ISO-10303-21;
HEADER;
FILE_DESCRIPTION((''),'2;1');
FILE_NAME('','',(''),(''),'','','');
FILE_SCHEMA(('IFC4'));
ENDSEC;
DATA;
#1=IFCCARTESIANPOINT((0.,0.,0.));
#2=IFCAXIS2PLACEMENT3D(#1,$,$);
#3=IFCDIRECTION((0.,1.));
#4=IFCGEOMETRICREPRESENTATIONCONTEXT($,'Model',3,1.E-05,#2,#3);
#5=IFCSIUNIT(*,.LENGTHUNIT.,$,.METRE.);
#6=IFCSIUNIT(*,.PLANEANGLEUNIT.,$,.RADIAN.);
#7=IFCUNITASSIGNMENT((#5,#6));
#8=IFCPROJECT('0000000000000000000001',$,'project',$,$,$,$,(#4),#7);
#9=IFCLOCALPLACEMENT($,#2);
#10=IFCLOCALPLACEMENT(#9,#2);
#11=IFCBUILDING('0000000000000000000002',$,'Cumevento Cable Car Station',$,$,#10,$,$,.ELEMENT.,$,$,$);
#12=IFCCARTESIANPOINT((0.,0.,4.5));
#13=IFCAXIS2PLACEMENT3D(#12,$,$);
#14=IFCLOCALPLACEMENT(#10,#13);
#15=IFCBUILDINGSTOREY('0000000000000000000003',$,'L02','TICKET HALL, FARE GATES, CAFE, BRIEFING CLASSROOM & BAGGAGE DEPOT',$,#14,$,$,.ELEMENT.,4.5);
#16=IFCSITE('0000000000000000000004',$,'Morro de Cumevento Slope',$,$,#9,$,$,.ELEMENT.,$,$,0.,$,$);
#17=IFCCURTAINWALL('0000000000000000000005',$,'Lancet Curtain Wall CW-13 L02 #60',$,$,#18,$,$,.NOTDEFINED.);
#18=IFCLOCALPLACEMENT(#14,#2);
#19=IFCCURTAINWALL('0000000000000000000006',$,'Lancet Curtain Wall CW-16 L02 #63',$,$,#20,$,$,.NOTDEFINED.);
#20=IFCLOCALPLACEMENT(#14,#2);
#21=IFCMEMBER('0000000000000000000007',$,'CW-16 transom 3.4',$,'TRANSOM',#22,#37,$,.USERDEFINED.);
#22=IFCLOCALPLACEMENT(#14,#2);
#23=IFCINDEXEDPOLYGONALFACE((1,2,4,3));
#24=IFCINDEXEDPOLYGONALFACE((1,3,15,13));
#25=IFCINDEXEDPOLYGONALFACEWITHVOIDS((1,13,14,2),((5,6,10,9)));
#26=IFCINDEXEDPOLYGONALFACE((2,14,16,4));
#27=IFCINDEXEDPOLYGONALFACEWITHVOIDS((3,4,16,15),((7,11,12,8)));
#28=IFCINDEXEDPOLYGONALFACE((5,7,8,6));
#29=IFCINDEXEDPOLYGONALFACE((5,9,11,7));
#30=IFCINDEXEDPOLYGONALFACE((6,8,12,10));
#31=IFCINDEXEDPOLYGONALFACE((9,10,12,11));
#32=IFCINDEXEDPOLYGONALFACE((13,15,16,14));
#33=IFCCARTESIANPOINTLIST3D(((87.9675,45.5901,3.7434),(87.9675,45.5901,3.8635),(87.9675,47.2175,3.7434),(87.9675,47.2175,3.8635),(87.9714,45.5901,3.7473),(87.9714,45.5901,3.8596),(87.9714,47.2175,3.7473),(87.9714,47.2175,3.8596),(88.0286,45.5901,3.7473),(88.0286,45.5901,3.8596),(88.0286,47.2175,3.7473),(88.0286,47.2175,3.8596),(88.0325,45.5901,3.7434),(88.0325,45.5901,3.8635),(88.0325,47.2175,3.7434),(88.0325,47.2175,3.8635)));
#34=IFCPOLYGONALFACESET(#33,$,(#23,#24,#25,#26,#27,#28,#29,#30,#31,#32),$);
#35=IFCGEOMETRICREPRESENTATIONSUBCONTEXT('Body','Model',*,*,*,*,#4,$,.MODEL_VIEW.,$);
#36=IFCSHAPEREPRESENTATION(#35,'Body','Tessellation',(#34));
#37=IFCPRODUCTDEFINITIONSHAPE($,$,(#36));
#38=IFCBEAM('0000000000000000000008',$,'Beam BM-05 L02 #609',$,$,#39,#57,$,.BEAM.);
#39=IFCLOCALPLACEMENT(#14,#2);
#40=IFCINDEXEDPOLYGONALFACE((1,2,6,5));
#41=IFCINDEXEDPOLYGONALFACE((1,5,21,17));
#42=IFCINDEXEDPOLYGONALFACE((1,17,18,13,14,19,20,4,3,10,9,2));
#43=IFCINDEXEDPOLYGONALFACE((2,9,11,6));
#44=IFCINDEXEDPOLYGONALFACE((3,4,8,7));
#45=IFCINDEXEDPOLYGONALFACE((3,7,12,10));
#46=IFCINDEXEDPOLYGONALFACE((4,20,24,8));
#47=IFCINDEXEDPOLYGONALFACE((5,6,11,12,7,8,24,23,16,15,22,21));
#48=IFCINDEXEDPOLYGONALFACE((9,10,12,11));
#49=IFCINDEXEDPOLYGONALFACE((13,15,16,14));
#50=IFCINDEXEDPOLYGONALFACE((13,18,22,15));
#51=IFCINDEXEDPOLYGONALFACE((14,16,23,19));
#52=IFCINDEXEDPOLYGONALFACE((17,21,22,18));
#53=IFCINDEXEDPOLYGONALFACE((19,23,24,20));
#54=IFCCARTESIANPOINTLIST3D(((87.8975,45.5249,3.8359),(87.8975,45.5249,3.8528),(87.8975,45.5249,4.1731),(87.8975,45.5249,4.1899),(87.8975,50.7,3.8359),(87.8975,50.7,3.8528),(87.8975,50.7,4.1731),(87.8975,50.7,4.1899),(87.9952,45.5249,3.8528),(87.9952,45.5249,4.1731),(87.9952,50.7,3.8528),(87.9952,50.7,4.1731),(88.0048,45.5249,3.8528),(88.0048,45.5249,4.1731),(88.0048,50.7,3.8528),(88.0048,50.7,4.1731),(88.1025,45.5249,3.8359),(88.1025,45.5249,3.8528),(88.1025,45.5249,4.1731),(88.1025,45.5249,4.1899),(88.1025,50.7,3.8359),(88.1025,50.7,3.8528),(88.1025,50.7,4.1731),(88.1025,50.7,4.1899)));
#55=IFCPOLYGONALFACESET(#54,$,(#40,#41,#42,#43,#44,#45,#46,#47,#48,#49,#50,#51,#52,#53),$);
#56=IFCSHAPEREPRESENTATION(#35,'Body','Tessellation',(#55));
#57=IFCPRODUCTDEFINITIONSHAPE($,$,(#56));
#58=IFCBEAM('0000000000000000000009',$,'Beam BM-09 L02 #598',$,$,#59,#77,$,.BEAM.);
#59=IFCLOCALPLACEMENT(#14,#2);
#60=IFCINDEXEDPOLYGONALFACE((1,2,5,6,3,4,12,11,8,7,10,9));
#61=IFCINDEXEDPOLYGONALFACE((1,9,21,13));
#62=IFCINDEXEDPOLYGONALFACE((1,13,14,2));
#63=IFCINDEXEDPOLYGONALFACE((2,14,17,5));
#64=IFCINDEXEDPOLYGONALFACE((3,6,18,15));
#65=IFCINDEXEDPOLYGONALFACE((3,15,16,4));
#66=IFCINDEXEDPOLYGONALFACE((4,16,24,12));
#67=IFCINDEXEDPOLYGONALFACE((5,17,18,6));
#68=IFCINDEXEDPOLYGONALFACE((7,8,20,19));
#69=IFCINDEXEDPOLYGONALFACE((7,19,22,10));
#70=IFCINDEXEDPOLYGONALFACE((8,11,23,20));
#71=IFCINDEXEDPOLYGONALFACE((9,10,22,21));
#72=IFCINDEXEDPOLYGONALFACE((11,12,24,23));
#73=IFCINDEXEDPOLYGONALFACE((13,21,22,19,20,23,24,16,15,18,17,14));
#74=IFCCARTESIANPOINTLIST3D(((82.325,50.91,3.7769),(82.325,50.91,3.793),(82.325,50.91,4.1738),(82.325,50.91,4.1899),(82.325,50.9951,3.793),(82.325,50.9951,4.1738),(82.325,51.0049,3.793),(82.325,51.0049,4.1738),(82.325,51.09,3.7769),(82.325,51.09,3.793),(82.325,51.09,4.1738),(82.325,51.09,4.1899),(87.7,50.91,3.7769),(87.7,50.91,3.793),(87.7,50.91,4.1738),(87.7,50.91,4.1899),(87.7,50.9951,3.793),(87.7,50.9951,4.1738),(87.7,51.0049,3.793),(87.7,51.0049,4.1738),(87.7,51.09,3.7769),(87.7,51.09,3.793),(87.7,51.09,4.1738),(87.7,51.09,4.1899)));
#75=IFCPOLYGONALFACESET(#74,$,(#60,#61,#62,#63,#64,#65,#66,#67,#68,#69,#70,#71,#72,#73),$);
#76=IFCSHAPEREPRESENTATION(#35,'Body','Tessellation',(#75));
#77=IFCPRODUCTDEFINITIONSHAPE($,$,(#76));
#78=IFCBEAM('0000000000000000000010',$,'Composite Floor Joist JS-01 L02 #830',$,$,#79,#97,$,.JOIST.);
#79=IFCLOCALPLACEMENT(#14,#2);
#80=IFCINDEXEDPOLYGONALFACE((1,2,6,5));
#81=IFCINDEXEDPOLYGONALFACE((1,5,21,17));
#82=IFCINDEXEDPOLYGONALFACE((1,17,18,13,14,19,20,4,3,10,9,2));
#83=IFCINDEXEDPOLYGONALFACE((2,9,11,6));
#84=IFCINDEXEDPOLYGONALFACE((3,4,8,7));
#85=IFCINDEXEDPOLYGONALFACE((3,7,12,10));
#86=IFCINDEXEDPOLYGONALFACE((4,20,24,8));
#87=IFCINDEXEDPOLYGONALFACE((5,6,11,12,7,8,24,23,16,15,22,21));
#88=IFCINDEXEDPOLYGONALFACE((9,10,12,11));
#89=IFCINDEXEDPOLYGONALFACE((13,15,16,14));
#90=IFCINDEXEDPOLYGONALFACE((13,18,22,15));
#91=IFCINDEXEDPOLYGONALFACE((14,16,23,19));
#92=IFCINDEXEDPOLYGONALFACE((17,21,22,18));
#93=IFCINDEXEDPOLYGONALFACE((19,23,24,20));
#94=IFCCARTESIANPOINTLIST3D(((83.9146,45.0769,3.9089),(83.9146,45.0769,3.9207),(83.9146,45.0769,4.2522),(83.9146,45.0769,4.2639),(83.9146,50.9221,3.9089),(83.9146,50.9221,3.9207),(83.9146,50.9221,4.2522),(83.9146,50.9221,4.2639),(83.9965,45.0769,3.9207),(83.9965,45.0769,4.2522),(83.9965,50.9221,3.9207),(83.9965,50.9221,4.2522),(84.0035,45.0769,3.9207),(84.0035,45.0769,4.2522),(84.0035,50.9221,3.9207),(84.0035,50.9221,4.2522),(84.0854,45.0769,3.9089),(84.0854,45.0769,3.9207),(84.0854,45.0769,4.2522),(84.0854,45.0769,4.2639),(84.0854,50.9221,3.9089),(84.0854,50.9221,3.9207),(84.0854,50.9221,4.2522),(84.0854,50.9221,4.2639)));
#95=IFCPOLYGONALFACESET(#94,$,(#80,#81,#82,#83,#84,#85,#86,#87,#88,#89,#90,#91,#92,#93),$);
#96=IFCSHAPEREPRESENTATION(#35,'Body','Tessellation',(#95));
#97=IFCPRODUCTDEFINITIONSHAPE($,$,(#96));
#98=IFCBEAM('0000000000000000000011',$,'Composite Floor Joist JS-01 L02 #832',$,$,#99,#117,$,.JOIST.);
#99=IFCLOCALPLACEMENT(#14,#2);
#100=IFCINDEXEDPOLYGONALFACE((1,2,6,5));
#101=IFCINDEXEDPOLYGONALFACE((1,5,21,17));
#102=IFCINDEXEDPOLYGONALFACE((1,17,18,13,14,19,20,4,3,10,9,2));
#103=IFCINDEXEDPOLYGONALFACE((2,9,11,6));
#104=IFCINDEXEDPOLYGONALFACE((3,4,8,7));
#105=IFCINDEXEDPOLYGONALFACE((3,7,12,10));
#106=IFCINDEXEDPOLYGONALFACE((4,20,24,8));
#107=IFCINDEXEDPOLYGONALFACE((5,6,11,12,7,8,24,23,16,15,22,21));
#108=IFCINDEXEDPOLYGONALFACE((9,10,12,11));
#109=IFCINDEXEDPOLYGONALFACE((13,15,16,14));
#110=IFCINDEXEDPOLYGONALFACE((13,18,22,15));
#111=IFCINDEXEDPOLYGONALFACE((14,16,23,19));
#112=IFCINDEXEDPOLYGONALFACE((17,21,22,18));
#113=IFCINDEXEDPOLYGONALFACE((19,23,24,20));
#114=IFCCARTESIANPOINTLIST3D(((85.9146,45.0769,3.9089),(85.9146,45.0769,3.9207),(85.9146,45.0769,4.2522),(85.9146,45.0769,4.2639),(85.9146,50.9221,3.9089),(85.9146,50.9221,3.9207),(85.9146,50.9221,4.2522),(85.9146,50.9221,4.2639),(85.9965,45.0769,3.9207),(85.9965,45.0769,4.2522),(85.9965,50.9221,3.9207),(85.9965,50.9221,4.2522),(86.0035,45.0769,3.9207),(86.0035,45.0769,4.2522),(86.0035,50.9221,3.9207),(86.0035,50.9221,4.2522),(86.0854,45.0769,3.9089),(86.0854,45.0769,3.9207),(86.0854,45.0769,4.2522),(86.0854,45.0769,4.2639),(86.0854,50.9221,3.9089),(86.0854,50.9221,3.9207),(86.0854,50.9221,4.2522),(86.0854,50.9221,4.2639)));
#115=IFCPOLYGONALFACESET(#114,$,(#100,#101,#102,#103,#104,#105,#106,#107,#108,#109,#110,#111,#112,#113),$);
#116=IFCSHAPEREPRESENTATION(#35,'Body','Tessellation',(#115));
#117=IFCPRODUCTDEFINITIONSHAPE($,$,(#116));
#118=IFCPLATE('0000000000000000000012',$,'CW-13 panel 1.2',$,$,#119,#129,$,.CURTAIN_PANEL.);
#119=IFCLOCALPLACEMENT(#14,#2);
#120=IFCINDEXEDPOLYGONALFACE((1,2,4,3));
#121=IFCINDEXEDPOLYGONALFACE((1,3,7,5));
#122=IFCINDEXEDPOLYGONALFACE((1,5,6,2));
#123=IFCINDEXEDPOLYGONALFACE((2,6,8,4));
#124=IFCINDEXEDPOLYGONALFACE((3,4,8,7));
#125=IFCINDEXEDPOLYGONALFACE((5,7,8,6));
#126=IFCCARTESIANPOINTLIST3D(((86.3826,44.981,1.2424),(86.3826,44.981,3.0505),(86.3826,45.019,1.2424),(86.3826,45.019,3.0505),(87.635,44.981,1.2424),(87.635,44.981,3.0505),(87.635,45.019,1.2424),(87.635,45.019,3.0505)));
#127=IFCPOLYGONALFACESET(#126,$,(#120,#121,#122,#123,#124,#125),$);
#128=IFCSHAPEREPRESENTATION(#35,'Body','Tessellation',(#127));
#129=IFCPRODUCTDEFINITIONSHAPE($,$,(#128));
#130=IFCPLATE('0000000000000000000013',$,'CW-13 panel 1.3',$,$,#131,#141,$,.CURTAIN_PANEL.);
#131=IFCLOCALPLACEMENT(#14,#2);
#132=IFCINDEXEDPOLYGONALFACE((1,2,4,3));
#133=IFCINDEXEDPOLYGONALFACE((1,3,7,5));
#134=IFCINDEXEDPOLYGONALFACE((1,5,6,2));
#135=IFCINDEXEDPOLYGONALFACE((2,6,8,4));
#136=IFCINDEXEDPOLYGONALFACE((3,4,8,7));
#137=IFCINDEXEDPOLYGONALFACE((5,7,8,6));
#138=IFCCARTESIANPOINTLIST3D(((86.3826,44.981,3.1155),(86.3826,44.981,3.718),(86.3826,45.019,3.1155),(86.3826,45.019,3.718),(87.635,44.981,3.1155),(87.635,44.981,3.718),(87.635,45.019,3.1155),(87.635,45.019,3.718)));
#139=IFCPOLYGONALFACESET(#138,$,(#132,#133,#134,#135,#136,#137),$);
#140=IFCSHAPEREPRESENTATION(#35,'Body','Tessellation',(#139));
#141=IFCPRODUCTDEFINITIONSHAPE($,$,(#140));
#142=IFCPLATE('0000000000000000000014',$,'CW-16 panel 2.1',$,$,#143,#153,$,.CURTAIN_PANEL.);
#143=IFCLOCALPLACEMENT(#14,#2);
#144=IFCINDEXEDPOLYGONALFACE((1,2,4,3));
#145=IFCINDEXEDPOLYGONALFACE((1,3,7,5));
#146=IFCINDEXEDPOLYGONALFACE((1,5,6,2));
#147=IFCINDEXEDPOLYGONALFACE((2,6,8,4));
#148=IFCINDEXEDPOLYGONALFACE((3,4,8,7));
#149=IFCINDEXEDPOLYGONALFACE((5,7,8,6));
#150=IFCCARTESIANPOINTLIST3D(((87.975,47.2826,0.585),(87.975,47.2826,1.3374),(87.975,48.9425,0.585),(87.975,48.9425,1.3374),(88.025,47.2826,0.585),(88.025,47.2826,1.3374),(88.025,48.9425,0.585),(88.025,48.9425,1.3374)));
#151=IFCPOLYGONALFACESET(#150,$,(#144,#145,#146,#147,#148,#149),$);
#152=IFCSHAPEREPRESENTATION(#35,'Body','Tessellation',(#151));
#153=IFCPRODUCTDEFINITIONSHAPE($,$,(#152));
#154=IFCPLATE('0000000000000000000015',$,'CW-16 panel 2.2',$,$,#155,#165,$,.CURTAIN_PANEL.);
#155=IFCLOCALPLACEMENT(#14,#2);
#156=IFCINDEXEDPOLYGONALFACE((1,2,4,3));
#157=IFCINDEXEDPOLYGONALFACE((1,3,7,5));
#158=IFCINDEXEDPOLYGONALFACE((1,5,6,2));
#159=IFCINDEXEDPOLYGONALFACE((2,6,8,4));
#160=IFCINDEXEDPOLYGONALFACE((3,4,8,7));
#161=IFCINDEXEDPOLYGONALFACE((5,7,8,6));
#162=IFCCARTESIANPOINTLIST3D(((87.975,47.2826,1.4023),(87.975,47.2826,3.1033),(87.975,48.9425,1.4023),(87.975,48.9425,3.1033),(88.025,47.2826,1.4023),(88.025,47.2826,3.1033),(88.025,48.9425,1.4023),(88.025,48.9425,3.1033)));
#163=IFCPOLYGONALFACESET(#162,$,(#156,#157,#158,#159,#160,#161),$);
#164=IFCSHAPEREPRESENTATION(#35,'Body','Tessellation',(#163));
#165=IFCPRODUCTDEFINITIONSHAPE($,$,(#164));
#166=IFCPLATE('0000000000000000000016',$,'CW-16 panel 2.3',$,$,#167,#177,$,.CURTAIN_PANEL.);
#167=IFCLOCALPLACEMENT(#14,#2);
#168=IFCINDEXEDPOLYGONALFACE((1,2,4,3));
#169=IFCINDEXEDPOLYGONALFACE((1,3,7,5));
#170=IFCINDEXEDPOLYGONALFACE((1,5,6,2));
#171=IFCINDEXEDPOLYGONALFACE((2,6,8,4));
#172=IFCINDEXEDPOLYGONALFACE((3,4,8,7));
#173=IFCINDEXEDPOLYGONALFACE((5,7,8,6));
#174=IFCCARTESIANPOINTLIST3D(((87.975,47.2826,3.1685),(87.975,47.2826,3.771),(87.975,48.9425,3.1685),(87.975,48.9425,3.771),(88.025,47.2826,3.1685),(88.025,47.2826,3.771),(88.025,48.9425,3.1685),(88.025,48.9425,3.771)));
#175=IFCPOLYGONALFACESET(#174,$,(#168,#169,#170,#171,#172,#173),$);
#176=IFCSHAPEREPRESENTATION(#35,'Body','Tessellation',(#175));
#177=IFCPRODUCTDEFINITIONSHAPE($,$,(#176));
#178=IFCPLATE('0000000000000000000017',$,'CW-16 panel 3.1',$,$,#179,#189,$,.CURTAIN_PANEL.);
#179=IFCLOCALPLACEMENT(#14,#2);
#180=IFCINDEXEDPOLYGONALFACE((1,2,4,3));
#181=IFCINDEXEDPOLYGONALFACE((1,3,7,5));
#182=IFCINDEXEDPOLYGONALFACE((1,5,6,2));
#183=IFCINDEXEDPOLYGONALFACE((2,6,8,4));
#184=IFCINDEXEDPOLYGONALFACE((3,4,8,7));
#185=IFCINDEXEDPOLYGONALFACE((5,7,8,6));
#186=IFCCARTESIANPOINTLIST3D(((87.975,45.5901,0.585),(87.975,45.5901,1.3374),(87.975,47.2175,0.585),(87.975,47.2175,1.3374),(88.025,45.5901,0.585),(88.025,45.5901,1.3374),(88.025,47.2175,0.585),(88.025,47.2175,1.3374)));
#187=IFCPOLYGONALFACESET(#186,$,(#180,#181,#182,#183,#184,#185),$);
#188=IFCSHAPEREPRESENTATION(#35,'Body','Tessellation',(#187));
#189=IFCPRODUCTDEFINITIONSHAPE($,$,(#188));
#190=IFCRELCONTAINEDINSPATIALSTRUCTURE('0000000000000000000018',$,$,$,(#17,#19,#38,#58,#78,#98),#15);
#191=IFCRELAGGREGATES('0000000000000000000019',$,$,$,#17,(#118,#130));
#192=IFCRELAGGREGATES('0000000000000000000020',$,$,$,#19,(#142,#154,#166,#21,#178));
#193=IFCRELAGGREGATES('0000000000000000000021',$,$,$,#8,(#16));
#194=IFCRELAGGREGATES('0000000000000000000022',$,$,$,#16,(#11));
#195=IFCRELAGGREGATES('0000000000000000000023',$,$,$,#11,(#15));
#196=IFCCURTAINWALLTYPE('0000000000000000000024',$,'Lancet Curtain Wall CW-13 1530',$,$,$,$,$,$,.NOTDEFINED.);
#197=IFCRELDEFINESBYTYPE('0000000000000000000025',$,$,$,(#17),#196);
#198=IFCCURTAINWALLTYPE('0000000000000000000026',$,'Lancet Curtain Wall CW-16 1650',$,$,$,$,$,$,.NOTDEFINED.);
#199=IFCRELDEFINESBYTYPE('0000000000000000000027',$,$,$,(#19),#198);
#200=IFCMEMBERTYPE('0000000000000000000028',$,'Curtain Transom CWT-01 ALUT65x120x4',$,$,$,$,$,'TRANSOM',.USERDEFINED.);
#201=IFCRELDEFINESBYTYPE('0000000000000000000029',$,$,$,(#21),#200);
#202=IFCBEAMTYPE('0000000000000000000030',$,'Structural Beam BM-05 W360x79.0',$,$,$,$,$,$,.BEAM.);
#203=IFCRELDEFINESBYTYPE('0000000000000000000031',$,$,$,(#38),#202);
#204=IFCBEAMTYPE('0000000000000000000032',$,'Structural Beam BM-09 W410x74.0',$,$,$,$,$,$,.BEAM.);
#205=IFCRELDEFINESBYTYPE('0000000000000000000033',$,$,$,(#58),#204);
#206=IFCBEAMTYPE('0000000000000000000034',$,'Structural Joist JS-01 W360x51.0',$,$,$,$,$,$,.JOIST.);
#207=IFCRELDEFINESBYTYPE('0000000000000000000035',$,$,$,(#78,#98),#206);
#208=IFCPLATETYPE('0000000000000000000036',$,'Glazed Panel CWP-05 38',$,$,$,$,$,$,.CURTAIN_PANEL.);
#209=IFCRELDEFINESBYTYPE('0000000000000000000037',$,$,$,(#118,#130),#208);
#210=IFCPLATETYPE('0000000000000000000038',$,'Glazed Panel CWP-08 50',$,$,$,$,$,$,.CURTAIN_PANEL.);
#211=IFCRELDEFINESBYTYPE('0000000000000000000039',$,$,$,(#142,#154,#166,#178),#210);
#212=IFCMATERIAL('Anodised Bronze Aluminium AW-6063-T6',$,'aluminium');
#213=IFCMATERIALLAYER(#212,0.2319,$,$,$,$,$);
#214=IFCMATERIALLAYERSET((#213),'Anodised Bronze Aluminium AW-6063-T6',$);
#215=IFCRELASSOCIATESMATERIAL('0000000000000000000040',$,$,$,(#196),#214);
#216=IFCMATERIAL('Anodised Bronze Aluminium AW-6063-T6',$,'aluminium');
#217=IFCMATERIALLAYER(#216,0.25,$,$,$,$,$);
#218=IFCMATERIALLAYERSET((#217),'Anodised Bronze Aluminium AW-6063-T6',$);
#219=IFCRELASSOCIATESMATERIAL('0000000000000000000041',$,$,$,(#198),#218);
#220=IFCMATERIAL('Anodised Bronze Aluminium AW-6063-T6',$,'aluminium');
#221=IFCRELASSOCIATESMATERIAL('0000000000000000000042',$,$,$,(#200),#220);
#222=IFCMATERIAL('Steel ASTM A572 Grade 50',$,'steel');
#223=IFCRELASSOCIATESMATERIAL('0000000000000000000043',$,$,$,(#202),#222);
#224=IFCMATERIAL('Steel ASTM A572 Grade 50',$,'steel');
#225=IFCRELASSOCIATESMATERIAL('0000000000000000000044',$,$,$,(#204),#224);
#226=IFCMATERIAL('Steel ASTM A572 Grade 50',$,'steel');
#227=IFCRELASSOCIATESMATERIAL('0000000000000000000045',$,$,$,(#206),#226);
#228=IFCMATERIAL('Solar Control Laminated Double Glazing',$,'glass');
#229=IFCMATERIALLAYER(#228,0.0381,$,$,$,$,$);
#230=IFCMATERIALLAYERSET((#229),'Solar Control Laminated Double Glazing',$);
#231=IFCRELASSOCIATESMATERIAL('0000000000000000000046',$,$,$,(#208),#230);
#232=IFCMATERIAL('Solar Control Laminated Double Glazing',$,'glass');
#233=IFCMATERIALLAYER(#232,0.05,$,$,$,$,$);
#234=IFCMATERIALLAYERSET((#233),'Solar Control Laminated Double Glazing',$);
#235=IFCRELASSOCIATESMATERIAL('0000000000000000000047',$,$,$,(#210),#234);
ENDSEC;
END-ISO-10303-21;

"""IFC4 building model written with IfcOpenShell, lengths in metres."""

from ifc_helpers import new_model, si_unit, direction, frame, origin, origin_2d, place, context, subcontext, project, spatial, rectangle, hollow_rectangle, i_section, extrude, material, layer, layer_set, material_profile, profile_set, type_object, element, aggregate, save


model = new_model("IFC4")

# Units and contexts
model_context = context("Model", 3, precision=1e-05, world=origin(), true_north=direction((0.0, 1.0)))
body_context = subcontext(model_context, "Body", "Model", "MODEL_VIEW")
ifc_project = project(units=[si_unit("LENGTHUNIT", "METRE"), si_unit("PLANEANGLEUNIT", "RADIAN")], contexts=[model_context])

# Site, building, storey
site_placement = place(None, origin())
site = spatial("IfcSite", under=ifc_project, at=site_placement, Name="Morro de Cumevento Slope", CompositionType="ELEMENT", RefElevation=0.0)
building_placement = place(site_placement, origin())
building = spatial("IfcBuilding", under=site, at=building_placement, Name="Cumevento Cable Car Station", CompositionType="ELEMENT")
storey_placement = place(building_placement, frame((0.0, 0.0, 4.5)))
storey = spatial("IfcBuildingStorey", under=building, at=storey_placement, Name="L02", Description="TICKET HALL, FARE GATES, CAFE, BRIEFING CLASSROOM & BAGGAGE DEPOT", CompositionType="ELEMENT", Elevation=4.5)

# Curtain wall
ifc_material_1 = material(Name="Anodised Bronze Aluminium AW-6063-T6", Category="aluminium")
ifc_layer_1 = layer(ifc_material_1, 0.2319)
ifc_layer_set_1 = layer_set([ifc_layer_1], Name="Anodised Bronze Aluminium AW-6063-T6")
curtain_wall_type_1 = type_object("IfcCurtainWallType", Name="Lancet Curtain Wall CW-13 1530", PredefinedType="NOTDEFINED", material=ifc_layer_set_1)
curtain_wall_1_placement = place(storey_placement, origin())
curtain_wall_1 = element("IfcCurtainWall", 1, at=curtain_wall_1_placement, inside=storey, type_object=curtain_wall_type_1, Name="Lancet Curtain Wall CW-13 L02 #60", PredefinedType="NOTDEFINED")

# Curtain wall
ifc_material_2 = material(Name="Anodised Bronze Aluminium AW-6063-T6", Category="aluminium")
ifc_layer_2 = layer(ifc_material_2, 0.25)
ifc_layer_set_2 = layer_set([ifc_layer_2], Name="Anodised Bronze Aluminium AW-6063-T6")
curtain_wall_type_2 = type_object("IfcCurtainWallType", Name="Lancet Curtain Wall CW-16 1650", PredefinedType="NOTDEFINED", material=ifc_layer_set_2)
curtain_wall_2_placement = place(storey_placement, origin())
curtain_wall_2 = element("IfcCurtainWall", 2, at=curtain_wall_2_placement, inside=storey, type_object=curtain_wall_type_2, Name="Lancet Curtain Wall CW-16 L02 #63", PredefinedType="NOTDEFINED")

# Member
ifc_material_3 = material(Name="Anodised Bronze Aluminium AW-6063-T6", Category="aluminium")
ifc_material_profile_1 = material_profile(ifc_material_3, hollow_rectangle(XDim=0.0649, YDim=0.1201, WallThickness=0.0039, at=origin_2d()), Name="ALUT65x120x4")
ifc_profile_set_1 = profile_set([ifc_material_profile_1], Name="Anodised Bronze Aluminium AW-6063-T6")
member_type_1 = type_object("IfcMemberType", Name="Curtain Transom CWT-01 ALUT65x120x4", ElementType="TRANSOM", PredefinedType="USERDEFINED", material=ifc_profile_set_1)
member_1_placement = place(storey_placement, frame((88.0, 47.2175, 3.8035), z_axis=(0.0, -1.0, 0.0), x_axis=(1.0, 0.0, 0.0)))
member_1 = element("IfcMember", 3, at=member_1_placement, type_object=member_type_1, Name="CW-16 transom 3.4", ObjectType="TRANSOM", PredefinedType="USERDEFINED", context=body_context, shape_type="SweptSolid", body=[
    extrude(hollow_rectangle(XDim=0.0649, YDim=0.1201, WallThickness=0.0039, at=origin_2d()), origin(), (0.0, 0.0, 1.0), 1.6274),
])

# Beams
ifc_material_4 = material(Name="Steel ASTM A572 Grade 50", Category="steel")
ifc_material_profile_2 = material_profile(ifc_material_4, i_section(OverallWidth=0.2051, OverallDepth=0.354, WebThickness=0.0095, FlangeThickness=0.0168, at=origin_2d()), Name="W360x79.0")
ifc_profile_set_2 = profile_set([ifc_material_profile_2], Name="Steel ASTM A572 Grade 50")
beam_type_1 = type_object("IfcBeamType", Name="Structural Beam BM-05 W360x79.0", PredefinedType="BEAM", material=ifc_profile_set_2)
beam_1_placement = place(storey_placement, frame((88.0, 45.5249, 4.0129), z_axis=(0.0, 1.0, 0.0), x_axis=(-1.0, 0.0, 0.0)))
element("IfcBeam", 4, at=beam_1_placement, inside=storey, type_object=beam_type_1, Name="Beam BM-05 L02 #609", PredefinedType="BEAM", context=body_context, shape_type="SweptSolid", body=[
    extrude(i_section(OverallWidth=0.2051, OverallDepth=0.354, WebThickness=0.0095, FlangeThickness=0.0168, at=origin_2d()), origin(), (0.0, 0.0, 1.0), 5.175),
])
ifc_material_5 = material(Name="Steel ASTM A572 Grade 50", Category="steel")
ifc_material_profile_3 = material_profile(ifc_material_5, i_section(OverallWidth=0.1799, OverallDepth=0.4131, WebThickness=0.0098, FlangeThickness=0.0161, at=origin_2d()), Name="W410x74.0")
ifc_profile_set_3 = profile_set([ifc_material_profile_3], Name="Steel ASTM A572 Grade 50")
beam_type_2 = type_object("IfcBeamType", Name="Structural Beam BM-09 W410x74.0", PredefinedType="BEAM", material=ifc_profile_set_3)
beam_2_placement = place(storey_placement, frame((82.325, 51.0, 3.9834), z_axis=(1.0, 0.0, 0.0), x_axis=(0.0, 1.0, 0.0)))
element("IfcBeam", 5, at=beam_2_placement, inside=storey, type_object=beam_type_2, Name="Beam BM-09 L02 #598", PredefinedType="BEAM", context=body_context, shape_type="SweptSolid", body=[
    extrude(i_section(OverallWidth=0.1799, OverallDepth=0.4131, WebThickness=0.0098, FlangeThickness=0.0161, at=origin_2d()), origin(), (0.0, 0.0, 1.0), 5.375),
])
ifc_material_6 = material(Name="Steel ASTM A572 Grade 50", Category="steel")
ifc_material_profile_4 = material_profile(ifc_material_6, i_section(OverallWidth=0.1709, OverallDepth=0.355, WebThickness=0.0071, FlangeThickness=0.0117, at=origin_2d()), Name="W360x51.0")
ifc_profile_set_4 = profile_set([ifc_material_profile_4], Name="Steel ASTM A572 Grade 50")
beam_type_3 = type_object("IfcBeamType", Name="Structural Joist JS-01 W360x51.0", PredefinedType="JOIST", material=ifc_profile_set_4)
for number, where, z_axis, x_axis, name in (
    (6, (84.0, 45.0769, 4.0864), (0.0, 1.0, 0.0), (-1.0, 0.0, 0.0), "Composite Floor Joist JS-01 L02 #830"),
    (7, (86.0, 45.0769, 4.0864), (0.0, 1.0, 0.0), (-1.0, 0.0, 0.0), "Composite Floor Joist JS-01 L02 #832"),
):
    element("IfcBeam", number, at=place(storey_placement, frame(where, z_axis=z_axis, x_axis=x_axis)), inside=storey, type_object=beam_type_3, Name=name, PredefinedType="JOIST", context=body_context, shape_type="SweptSolid", body=[
        extrude(i_section(OverallWidth=0.1709, OverallDepth=0.355, WebThickness=0.0071, FlangeThickness=0.0117, at=origin_2d()), origin(), (0.0, 0.0, 1.0), 5.8452),
    ])

# Plates
ifc_material_7 = material(Name="Solar Control Laminated Double Glazing", Category="glass")
ifc_layer_3 = layer(ifc_material_7, 0.0381)
ifc_layer_set_3 = layer_set([ifc_layer_3], Name="Solar Control Laminated Double Glazing")
plate_type_1 = type_object("IfcPlateType", Name="Glazed Panel CWP-05 38", PredefinedType="CURTAIN_PANEL", material=ifc_layer_set_3)
plate_1_placement = place(storey_placement, frame((87.0088, 45.0, 1.2424), z_axis=(0.0, 0.0, 1.0), x_axis=(-1.0, 0.0, 0.0)))
plate_1 = element("IfcPlate", 8, at=plate_1_placement, type_object=plate_type_1, Name="CW-13 panel 1.2", PredefinedType="CURTAIN_PANEL", context=body_context, shape_type="SweptSolid", body=[
    extrude(rectangle(XDim=1.2524, YDim=0.0381, at=origin_2d()), origin(), (0.0, 0.0, 1.0), 1.8081),
])
plate_2_placement = place(storey_placement, frame((87.0088, 45.0, 3.1155), z_axis=(0.0, 0.0, 1.0), x_axis=(-1.0, 0.0, 0.0)))
plate_2 = element("IfcPlate", 9, at=plate_2_placement, type_object=plate_type_1, Name="CW-13 panel 1.3", PredefinedType="CURTAIN_PANEL", context=body_context, shape_type="SweptSolid", body=[
    extrude(rectangle(XDim=1.2524, YDim=0.0381, at=origin_2d()), origin(), (0.0, 0.0, 1.0), 0.6025),
])
aggregate(curtain_wall_1, [plate_1, plate_2])
ifc_material_8 = material(Name="Solar Control Laminated Double Glazing", Category="glass")
ifc_layer_4 = layer(ifc_material_8, 0.05)
ifc_layer_set_4 = layer_set([ifc_layer_4], Name="Solar Control Laminated Double Glazing")
plate_type_2 = type_object("IfcPlateType", Name="Glazed Panel CWP-08 50", PredefinedType="CURTAIN_PANEL", material=ifc_layer_set_4)
plate_3_placement = place(storey_placement, frame((88.0, 48.1125, 0.585), z_axis=(0.0, 0.0, 1.0), x_axis=(0.0, -1.0, 0.0)))
plate_3 = element("IfcPlate", 10, at=plate_3_placement, type_object=plate_type_2, Name="CW-16 panel 2.1", PredefinedType="CURTAIN_PANEL", context=body_context, shape_type="SweptSolid", body=[
    extrude(rectangle(XDim=1.6599, YDim=0.05, at=origin_2d()), origin(), (0.0, 0.0, 1.0), 0.7524),
])
plate_4_placement = place(storey_placement, frame((88.0, 48.1125, 1.4023), z_axis=(0.0, 0.0, 1.0), x_axis=(0.0, -1.0, 0.0)))
plate_4 = element("IfcPlate", 11, at=plate_4_placement, type_object=plate_type_2, Name="CW-16 panel 2.2", PredefinedType="CURTAIN_PANEL", context=body_context, shape_type="SweptSolid", body=[
    extrude(rectangle(XDim=1.6599, YDim=0.05, at=origin_2d()), origin(), (0.0, 0.0, 1.0), 1.7009),
])
plate_5_placement = place(storey_placement, frame((88.0, 48.1125, 3.1685), z_axis=(0.0, 0.0, 1.0), x_axis=(0.0, -1.0, 0.0)))
plate_5 = element("IfcPlate", 12, at=plate_5_placement, type_object=plate_type_2, Name="CW-16 panel 2.3", PredefinedType="CURTAIN_PANEL", context=body_context, shape_type="SweptSolid", body=[
    extrude(rectangle(XDim=1.6599, YDim=0.05, at=origin_2d()), origin(), (0.0, 0.0, 1.0), 0.6025),
])
plate_6_placement = place(storey_placement, frame((88.0, 46.4038, 0.585), z_axis=(0.0, 0.0, 1.0), x_axis=(0.0, -1.0, 0.0)))
plate_6 = element("IfcPlate", 13, at=plate_6_placement, type_object=plate_type_2, Name="CW-16 panel 3.1", PredefinedType="CURTAIN_PANEL", context=body_context, shape_type="SweptSolid", body=[
    extrude(rectangle(XDim=1.6274, YDim=0.05, at=origin_2d()), origin(), (0.0, 0.0, 1.0), 0.7524),
])
aggregate(curtain_wall_2, [plate_3, plate_4, plate_5, member_1, plate_6])

save(model, "model.ifc")
